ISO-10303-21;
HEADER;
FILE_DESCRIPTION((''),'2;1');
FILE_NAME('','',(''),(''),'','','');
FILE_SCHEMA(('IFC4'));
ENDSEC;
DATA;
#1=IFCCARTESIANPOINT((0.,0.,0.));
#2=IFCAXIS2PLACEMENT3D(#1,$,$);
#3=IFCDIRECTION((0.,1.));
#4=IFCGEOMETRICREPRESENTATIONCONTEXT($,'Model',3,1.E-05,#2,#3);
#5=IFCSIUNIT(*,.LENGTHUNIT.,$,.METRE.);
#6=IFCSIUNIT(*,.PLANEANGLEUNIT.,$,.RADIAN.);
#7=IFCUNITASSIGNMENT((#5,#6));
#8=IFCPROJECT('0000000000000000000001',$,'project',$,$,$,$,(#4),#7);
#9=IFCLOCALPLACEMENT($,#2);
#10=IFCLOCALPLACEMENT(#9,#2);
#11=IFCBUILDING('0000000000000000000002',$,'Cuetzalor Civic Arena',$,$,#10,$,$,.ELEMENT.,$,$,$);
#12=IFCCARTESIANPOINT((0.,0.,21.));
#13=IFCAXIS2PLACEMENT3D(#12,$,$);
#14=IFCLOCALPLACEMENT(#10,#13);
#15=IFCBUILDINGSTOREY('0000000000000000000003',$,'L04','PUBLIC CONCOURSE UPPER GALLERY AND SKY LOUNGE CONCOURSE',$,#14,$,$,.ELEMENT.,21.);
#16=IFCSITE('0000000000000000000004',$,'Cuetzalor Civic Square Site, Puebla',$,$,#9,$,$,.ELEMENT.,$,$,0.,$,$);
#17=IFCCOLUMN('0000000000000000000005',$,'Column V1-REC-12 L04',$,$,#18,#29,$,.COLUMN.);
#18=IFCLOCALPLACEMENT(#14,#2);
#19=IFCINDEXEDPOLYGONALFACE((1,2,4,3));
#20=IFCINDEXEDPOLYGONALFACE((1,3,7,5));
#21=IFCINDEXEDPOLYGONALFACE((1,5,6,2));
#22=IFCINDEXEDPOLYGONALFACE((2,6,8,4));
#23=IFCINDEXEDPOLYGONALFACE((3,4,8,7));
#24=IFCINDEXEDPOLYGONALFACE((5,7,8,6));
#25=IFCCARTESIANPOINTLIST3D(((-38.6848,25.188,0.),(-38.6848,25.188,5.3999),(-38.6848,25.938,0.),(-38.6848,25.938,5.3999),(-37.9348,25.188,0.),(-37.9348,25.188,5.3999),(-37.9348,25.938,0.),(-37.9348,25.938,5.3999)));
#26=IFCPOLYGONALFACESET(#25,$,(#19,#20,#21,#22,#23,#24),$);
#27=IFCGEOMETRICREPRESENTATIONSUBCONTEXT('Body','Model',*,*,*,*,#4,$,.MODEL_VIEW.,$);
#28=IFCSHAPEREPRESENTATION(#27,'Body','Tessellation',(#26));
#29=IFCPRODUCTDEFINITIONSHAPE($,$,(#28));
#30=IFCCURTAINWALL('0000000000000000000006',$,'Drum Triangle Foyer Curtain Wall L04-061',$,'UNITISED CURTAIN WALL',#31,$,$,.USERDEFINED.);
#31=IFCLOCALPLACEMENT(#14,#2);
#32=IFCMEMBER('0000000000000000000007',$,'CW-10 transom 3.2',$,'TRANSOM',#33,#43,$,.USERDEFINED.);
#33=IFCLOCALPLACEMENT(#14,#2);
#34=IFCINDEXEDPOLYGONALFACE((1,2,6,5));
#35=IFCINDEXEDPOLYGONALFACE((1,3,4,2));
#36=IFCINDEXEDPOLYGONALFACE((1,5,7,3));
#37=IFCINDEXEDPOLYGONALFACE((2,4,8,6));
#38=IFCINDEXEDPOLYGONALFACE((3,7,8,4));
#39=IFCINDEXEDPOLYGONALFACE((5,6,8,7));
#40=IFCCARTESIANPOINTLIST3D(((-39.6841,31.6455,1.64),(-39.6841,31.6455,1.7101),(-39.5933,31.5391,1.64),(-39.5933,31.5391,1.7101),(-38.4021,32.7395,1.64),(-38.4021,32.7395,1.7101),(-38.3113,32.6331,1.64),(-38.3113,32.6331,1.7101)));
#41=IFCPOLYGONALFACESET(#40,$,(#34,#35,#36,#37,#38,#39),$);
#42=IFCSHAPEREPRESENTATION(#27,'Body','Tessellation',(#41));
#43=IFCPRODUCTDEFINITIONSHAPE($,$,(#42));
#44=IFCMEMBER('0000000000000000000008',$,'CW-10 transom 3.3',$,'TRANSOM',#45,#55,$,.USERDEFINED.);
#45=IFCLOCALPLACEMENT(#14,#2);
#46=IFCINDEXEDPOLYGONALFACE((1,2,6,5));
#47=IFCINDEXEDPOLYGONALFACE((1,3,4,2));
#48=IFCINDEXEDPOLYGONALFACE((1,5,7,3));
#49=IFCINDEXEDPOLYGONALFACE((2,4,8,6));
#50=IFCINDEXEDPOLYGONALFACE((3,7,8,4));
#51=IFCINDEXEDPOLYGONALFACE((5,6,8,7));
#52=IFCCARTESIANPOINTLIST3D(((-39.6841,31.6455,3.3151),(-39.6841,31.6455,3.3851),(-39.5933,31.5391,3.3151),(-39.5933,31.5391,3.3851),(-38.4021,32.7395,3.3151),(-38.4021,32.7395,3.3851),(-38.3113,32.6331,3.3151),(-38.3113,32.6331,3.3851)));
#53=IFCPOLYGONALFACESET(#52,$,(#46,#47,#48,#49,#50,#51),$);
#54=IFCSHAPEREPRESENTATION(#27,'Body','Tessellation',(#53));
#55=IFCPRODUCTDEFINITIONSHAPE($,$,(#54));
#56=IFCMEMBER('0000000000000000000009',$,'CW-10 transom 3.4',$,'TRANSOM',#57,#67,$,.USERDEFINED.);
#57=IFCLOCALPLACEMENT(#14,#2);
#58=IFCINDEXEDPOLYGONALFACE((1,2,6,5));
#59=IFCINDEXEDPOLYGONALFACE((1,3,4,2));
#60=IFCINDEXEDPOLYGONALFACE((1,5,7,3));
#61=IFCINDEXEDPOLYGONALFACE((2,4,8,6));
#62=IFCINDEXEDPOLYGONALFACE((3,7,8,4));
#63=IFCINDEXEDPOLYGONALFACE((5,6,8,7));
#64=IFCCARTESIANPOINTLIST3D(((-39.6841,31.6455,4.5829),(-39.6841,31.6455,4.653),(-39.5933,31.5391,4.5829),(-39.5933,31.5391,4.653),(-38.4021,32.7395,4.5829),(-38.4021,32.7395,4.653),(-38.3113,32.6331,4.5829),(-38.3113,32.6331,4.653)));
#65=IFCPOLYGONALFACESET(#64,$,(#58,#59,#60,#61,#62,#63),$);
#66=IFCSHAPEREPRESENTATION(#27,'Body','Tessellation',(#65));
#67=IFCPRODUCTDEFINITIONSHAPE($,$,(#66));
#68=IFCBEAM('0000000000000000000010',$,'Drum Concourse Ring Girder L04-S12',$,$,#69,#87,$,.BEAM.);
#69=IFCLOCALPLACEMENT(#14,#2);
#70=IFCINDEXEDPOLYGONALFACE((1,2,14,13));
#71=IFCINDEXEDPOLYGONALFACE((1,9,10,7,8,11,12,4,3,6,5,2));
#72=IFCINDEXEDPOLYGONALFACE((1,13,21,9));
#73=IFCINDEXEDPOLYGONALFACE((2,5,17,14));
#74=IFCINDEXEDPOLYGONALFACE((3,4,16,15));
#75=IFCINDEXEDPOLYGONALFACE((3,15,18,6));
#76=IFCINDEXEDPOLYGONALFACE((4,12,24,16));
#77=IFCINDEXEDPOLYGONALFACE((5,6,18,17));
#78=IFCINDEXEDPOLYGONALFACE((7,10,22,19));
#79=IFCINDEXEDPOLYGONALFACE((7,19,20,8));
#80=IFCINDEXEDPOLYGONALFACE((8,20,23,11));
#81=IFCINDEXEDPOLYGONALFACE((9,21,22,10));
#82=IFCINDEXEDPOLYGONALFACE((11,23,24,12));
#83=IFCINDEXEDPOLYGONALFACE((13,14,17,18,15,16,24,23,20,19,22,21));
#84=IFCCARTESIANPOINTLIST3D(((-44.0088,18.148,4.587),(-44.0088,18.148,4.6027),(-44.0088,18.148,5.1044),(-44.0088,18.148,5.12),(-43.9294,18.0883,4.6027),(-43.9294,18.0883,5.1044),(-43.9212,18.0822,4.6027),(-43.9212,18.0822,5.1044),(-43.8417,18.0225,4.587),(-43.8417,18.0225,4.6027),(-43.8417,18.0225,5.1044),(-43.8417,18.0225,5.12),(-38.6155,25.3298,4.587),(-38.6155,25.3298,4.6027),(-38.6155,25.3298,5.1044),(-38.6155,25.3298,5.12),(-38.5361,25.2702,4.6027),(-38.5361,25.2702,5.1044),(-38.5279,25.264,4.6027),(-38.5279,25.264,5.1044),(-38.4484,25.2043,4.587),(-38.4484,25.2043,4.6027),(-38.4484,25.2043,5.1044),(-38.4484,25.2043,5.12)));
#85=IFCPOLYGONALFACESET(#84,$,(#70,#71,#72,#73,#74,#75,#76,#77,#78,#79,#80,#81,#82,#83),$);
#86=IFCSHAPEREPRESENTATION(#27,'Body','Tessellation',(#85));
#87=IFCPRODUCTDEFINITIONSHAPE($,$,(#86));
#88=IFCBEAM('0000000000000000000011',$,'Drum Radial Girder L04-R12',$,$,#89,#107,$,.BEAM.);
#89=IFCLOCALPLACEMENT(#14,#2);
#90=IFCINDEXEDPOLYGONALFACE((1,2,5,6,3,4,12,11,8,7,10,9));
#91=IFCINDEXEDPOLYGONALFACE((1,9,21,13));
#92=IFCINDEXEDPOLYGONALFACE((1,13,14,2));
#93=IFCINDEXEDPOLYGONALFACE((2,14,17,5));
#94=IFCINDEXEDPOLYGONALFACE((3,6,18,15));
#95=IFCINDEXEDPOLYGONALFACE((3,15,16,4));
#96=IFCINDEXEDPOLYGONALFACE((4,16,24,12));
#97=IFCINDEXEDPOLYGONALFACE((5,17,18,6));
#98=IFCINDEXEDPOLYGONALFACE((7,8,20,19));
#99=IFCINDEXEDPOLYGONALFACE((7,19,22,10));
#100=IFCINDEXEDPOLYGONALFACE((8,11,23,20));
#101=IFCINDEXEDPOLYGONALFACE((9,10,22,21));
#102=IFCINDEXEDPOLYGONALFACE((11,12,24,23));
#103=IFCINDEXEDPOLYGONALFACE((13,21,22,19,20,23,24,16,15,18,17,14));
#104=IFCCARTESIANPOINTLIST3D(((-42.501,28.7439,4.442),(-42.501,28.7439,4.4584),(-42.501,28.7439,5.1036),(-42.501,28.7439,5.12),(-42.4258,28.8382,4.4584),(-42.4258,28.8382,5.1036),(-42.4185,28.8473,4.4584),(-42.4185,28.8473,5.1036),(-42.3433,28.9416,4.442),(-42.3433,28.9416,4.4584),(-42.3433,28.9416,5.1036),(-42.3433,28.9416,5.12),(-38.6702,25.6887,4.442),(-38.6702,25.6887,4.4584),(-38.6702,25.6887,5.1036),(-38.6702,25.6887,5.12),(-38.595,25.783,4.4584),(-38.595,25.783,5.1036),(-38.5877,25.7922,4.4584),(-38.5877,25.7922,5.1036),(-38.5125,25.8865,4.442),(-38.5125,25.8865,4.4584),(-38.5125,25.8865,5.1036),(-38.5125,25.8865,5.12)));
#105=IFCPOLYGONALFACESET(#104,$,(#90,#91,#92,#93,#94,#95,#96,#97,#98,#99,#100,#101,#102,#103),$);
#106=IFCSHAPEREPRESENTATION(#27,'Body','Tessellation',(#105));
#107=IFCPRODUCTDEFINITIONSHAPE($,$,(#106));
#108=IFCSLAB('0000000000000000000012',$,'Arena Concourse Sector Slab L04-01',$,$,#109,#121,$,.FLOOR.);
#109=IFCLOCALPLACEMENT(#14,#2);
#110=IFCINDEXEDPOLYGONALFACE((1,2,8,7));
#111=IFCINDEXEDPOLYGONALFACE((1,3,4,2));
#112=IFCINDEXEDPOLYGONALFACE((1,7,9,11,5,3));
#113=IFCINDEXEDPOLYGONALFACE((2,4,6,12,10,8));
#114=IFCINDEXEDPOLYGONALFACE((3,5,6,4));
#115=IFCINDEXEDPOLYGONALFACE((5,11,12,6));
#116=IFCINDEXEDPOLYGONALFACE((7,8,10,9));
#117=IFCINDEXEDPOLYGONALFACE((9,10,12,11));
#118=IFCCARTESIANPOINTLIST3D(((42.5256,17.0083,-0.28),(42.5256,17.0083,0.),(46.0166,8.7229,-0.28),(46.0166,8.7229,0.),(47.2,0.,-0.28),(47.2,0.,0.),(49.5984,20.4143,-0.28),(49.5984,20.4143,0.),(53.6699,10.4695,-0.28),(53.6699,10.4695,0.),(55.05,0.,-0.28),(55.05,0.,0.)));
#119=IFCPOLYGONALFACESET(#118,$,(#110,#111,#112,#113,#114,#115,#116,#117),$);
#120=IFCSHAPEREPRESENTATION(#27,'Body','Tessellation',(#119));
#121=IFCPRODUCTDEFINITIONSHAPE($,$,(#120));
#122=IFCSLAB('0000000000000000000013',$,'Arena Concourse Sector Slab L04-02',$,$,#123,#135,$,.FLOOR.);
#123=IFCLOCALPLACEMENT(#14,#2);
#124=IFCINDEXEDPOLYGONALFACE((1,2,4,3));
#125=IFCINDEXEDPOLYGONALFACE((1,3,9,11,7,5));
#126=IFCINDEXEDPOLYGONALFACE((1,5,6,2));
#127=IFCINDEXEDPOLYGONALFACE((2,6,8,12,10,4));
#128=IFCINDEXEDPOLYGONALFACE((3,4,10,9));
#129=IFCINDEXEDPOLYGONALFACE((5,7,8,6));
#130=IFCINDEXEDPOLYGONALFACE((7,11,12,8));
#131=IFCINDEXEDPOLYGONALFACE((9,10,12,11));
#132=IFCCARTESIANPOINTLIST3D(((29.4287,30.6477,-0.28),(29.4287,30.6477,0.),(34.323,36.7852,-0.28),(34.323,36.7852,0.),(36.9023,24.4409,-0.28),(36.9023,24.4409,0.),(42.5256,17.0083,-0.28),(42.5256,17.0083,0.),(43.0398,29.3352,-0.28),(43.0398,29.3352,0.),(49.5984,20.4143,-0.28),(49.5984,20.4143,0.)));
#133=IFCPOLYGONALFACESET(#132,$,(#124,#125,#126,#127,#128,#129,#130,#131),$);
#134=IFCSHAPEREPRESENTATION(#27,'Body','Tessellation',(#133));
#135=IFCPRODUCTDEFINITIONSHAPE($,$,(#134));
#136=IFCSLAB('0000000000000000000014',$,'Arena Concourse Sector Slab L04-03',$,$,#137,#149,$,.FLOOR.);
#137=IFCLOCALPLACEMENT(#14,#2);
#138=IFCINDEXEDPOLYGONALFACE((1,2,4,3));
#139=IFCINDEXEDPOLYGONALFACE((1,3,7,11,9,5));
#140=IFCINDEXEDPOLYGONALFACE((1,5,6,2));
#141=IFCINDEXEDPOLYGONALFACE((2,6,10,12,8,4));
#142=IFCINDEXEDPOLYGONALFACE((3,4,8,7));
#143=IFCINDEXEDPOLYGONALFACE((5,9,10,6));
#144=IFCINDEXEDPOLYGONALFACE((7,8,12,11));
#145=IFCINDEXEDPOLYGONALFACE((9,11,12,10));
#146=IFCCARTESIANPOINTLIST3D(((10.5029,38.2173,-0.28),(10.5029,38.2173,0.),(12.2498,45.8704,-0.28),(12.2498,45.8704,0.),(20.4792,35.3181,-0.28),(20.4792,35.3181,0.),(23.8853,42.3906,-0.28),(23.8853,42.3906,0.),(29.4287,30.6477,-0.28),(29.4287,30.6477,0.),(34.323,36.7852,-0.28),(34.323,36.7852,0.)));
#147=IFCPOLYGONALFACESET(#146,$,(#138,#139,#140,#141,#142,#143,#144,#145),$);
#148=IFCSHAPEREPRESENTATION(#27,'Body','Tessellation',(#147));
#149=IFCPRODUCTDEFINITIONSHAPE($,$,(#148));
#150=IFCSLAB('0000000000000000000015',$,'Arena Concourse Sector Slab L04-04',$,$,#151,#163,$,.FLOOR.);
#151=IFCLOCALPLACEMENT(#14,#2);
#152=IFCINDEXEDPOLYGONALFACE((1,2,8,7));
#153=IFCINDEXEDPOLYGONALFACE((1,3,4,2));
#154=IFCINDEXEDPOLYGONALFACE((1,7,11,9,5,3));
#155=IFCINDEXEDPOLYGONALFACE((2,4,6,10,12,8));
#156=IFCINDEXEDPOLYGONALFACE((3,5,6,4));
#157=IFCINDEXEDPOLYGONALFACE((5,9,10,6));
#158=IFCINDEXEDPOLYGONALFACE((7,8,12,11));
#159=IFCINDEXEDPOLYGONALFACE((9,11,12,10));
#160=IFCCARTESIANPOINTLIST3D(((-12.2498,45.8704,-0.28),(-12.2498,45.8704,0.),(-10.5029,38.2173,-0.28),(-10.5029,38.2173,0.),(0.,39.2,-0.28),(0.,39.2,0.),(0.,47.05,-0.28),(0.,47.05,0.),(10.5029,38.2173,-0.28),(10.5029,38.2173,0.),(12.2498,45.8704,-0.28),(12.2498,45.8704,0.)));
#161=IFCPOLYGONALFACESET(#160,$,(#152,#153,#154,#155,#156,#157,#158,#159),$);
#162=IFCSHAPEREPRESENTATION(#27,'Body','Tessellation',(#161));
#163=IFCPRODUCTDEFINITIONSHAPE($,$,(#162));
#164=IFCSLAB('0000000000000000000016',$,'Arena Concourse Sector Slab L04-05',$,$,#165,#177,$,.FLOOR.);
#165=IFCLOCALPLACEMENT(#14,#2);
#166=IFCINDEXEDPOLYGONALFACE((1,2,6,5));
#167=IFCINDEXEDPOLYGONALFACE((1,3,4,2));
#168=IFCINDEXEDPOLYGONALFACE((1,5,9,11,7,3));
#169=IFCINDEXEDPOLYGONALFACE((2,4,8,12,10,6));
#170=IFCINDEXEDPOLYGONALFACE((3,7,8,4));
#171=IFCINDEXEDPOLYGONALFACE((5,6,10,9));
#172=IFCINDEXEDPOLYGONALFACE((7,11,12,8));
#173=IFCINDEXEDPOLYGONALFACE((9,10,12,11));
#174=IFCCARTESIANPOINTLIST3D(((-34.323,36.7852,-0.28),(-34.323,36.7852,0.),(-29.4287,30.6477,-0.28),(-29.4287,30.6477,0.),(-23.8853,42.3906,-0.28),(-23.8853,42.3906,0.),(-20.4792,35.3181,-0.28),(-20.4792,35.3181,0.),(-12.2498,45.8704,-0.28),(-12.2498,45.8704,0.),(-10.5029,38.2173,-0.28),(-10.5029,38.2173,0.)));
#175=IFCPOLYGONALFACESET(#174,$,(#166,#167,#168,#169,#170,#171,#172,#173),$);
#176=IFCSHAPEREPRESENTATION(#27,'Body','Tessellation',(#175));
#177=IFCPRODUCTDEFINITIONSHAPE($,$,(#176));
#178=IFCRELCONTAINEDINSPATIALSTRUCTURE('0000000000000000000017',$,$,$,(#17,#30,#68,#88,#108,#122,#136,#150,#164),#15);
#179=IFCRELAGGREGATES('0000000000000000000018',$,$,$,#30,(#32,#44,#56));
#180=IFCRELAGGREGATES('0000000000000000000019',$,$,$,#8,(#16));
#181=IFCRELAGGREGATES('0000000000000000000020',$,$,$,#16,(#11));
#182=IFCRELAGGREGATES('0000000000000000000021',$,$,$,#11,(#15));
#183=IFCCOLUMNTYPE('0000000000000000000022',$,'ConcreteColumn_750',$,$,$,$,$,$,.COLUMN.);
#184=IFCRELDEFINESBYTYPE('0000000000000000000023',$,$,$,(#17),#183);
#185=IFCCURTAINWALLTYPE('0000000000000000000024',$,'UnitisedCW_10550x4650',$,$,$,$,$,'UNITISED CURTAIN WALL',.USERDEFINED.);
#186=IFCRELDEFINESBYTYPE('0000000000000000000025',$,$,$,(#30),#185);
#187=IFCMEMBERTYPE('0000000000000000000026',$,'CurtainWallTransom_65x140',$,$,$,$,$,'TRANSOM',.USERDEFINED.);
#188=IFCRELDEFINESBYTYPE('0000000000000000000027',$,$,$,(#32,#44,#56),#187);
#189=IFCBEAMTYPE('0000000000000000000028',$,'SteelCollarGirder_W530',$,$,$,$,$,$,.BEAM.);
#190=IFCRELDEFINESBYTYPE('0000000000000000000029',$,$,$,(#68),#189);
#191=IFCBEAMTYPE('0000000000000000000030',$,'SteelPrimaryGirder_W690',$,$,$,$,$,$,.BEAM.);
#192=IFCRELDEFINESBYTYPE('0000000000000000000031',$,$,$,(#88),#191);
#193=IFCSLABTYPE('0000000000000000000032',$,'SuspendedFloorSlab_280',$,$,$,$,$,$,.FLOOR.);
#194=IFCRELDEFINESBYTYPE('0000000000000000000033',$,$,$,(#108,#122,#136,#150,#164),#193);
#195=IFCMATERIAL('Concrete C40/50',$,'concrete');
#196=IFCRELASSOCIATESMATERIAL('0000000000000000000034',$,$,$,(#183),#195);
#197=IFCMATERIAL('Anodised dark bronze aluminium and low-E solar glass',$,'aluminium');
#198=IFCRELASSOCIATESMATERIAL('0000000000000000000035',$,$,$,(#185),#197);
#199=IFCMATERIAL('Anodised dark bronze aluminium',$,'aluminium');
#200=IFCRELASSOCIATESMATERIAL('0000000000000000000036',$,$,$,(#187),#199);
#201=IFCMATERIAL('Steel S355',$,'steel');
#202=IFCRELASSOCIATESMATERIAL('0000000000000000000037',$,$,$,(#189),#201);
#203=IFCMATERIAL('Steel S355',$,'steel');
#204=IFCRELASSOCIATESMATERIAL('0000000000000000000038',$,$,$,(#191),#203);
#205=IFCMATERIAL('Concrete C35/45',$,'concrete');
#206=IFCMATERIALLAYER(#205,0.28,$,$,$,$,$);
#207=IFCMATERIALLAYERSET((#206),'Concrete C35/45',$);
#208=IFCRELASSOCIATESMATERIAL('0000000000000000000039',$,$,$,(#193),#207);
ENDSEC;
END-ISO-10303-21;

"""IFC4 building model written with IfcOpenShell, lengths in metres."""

from ifc_helpers import new_model, si_unit, direction, frame, origin, origin_2d, place, context, subcontext, project, spatial, polyline, rectangle, i_section, outline, extrude, material, layer, layer_set, material_profile, profile_set, type_object, element, aggregate, save


model = new_model("IFC4")

# Units and contexts
model_context = context("Model", 3, precision=1e-05, world=origin(), true_north=direction((0.0, 1.0)))
body_context = subcontext(model_context, "Body", "Model", "MODEL_VIEW")
ifc_project = project(units=[si_unit("LENGTHUNIT", "METRE"), si_unit("PLANEANGLEUNIT", "RADIAN")], contexts=[model_context])

# Site, building, storey
site_placement = place(None, origin())
site = spatial("IfcSite", under=ifc_project, at=site_placement, Name="Cuetzalor Civic Square Site, Puebla", CompositionType="ELEMENT", RefElevation=0.0)
building_placement = place(site_placement, origin())
building = spatial("IfcBuilding", under=site, at=building_placement, Name="Cuetzalor Civic Arena", CompositionType="ELEMENT")
storey_placement = place(building_placement, frame((0.0, 0.0, 21.0)))
storey = spatial("IfcBuildingStorey", under=building, at=storey_placement, Name="L04", Description="PUBLIC CONCOURSE UPPER GALLERY AND SKY LOUNGE CONCOURSE", CompositionType="ELEMENT", Elevation=21.0)

# Column
ifc_material_1 = material(Name="Concrete C40/50", Category="concrete")
ifc_material_profile_1 = material_profile(ifc_material_1, rectangle(XDim=0.75, YDim=0.75, at=origin_2d()), Name="RC 750x750")
ifc_profile_set_1 = profile_set([ifc_material_profile_1], Name="Concrete C40/50")
column_type = type_object("IfcColumnType", Name="ConcreteColumn_750", PredefinedType="COLUMN", material=ifc_profile_set_1)
column_placement = place(storey_placement, frame((-38.3098, 25.563, 0.0), z_axis=(0.0, 0.0, 1.0), x_axis=(1.0, 0.0, 0.0)))
element("IfcColumn", 1, at=column_placement, inside=storey, type_object=column_type, Name="Column V1-REC-12 L04", PredefinedType="COLUMN", context=body_context, shape_type="SweptSolid", body=[
    extrude(rectangle(XDim=0.75, YDim=0.75, at=origin_2d()), origin(), (0.0, 0.0, 1.0), 5.3999),
])

# Curtain wall, members
ifc_material_2 = material(Name="Anodised dark bronze aluminium and low-E solar glass", Category="aluminium")
curtain_wall_type = type_object("IfcCurtainWallType", Name="UnitisedCW_10550x4650", ElementType="UNITISED CURTAIN WALL", PredefinedType="USERDEFINED", material=ifc_material_2)
curtain_wall_placement = place(storey_placement, origin())
curtain_wall = element("IfcCurtainWall", 2, at=curtain_wall_placement, inside=storey, type_object=curtain_wall_type, Name="Drum Triangle Foyer Curtain Wall L04-061", ObjectType="UNITISED CURTAIN WALL", PredefinedType="USERDEFINED")
ifc_material_3 = material(Name="Anodised dark bronze aluminium", Category="aluminium")
ifc_material_profile_2 = material_profile(ifc_material_3, rectangle(XDim=0.1399, YDim=0.0701, at=origin_2d()), Name="ALU TRANSOM 70x140")
ifc_profile_set_2 = profile_set([ifc_material_profile_2], Name="Anodised dark bronze aluminium")
member_type = type_object("IfcMemberType", Name="CurtainWallTransom_65x140", ElementType="TRANSOM", PredefinedType="USERDEFINED", material=ifc_profile_set_2)
member_1_placement = place(storey_placement, frame((-39.6387, 31.5923, 1.675), z_axis=(0.760676, 0.649132, 0.0), x_axis=(-0.649132, 0.760676, 0.0)))
member_1 = element("IfcMember", 3, at=member_1_placement, type_object=member_type, Name="CW-10 transom 3.2", ObjectType="TRANSOM", PredefinedType="USERDEFINED", context=body_context, shape_type="SweptSolid", body=[
    extrude(rectangle(XDim=0.1399, YDim=0.0701, at=origin_2d()), origin(), (0.0, 0.0, 1.0), 1.6853),
])
member_2_placement = place(storey_placement, frame((-39.6387, 31.5923, 3.3501), z_axis=(0.760676, 0.649132, 0.0), x_axis=(-0.649132, 0.760676, 0.0)))
member_2 = element("IfcMember", 4, at=member_2_placement, type_object=member_type, Name="CW-10 transom 3.3", ObjectType="TRANSOM", PredefinedType="USERDEFINED", context=body_context, shape_type="SweptSolid", body=[
    extrude(rectangle(XDim=0.1399, YDim=0.0701, at=origin_2d()), origin(), (0.0, 0.0, 1.0), 1.6853),
])
member_3_placement = place(storey_placement, frame((-39.6387, 31.5923, 4.6179), z_axis=(0.760676, 0.649132, 0.0), x_axis=(-0.649132, 0.760676, 0.0)))
member_3 = element("IfcMember", 5, at=member_3_placement, type_object=member_type, Name="CW-10 transom 3.4", ObjectType="TRANSOM", PredefinedType="USERDEFINED", context=body_context, shape_type="SweptSolid", body=[
    extrude(rectangle(XDim=0.1399, YDim=0.0701, at=origin_2d()), origin(), (0.0, 0.0, 1.0), 1.6853),
])
aggregate(curtain_wall, [member_1, member_2, member_3])

# Beams
ifc_material_4 = material(Name="Steel S355", Category="steel")
ifc_material_profile_3 = material_profile(ifc_material_4, i_section(OverallWidth=0.209, OverallDepth=0.533, WebThickness=0.0103, FlangeThickness=0.0156, at=origin_2d()), Name="W530x92")
ifc_profile_set_3 = profile_set([ifc_material_profile_3], Name="Steel S355")
beam_type_1 = type_object("IfcBeamType", Name="SteelCollarGirder_W530", PredefinedType="BEAM", material=ifc_profile_set_3)
beam_1_placement = place(storey_placement, frame((-38.532, 25.2671, 4.8535), z_axis=(-0.600491, -0.799631, 0.0), x_axis=(0.799631, -0.600491, 0.0)))
element("IfcBeam", 6, at=beam_1_placement, inside=storey, type_object=beam_type_1, Name="Drum Concourse Ring Girder L04-S12", PredefinedType="BEAM", context=body_context, shape_type="SweptSolid", body=[
    extrude(i_section(OverallWidth=0.209, OverallDepth=0.533, WebThickness=0.0103, FlangeThickness=0.0156, at=origin_2d()), origin(), (0.0, 0.0, 1.0), 8.9814),
])
ifc_material_5 = material(Name="Steel S355", Category="steel")
ifc_material_profile_4 = material_profile(ifc_material_5, i_section(OverallWidth=0.2529, OverallDepth=0.678, WebThickness=0.0117, FlangeThickness=0.0164, at=origin_2d()), Name="W690x125")
ifc_profile_set_4 = profile_set([ifc_material_profile_4], Name="Steel S355")
beam_type_2 = type_object("IfcBeamType", Name="SteelPrimaryGirder_W690", PredefinedType="BEAM", material=ifc_profile_set_4)
beam_2_placement = place(storey_placement, frame((-38.5913, 25.7876, 4.781), z_axis=(-0.781811, 0.623516, 0.0), x_axis=(-0.623516, -0.781811, 0.0)))
element("IfcBeam", 7, at=beam_2_placement, inside=storey, type_object=beam_type_2, Name="Drum Radial Girder L04-R12", PredefinedType="BEAM", context=body_context, shape_type="SweptSolid", body=[
    extrude(i_section(OverallWidth=0.2529, OverallDepth=0.678, WebThickness=0.0117, FlangeThickness=0.0164, at=origin_2d()), origin(), (0.0, 0.0, 1.0), 4.8999),
])

# Slabs
ifc_material_6 = material(Name="Concrete C35/45", Category="concrete")
ifc_layer = layer(ifc_material_6, 0.28)
ifc_layer_set = layer_set([ifc_layer], Name="Concrete C35/45")
slab_type = type_object("IfcSlabType", Name="SuspendedFloorSlab_280", PredefinedType="FLOOR", material=ifc_layer_set)
slab_1_placement = place(storey_placement, frame((0.0, 0.0, -0.28)))
element("IfcSlab", 8, at=slab_1_placement, inside=storey, type_object=slab_type, Name="Arena Concourse Sector Slab L04-01", PredefinedType="FLOOR", context=body_context, shape_type="SweptSolid", body=[
    extrude(outline(polyline([(47.2, 0.0), (46.0166, 8.7229), (42.5256, 17.0083), (49.5984, 20.4143), (53.6699, 10.4695), (55.05, 0.0), (47.2, 0.0)])), origin(), (0.0, 0.0, 1.0), 0.28),
])
slab_2_placement = place(storey_placement, frame((0.0, 0.0, -0.28)))
element("IfcSlab", 9, at=slab_2_placement, inside=storey, type_object=slab_type, Name="Arena Concourse Sector Slab L04-02", PredefinedType="FLOOR", context=body_context, shape_type="SweptSolid", body=[
    extrude(outline(polyline([(42.5256, 17.0083), (36.9023, 24.4409), (29.4287, 30.6477), (34.323, 36.7852), (43.0398, 29.3352), (49.5984, 20.4143), (42.5256, 17.0083)])), origin(), (0.0, 0.0, 1.0), 0.28),
])
slab_3_placement = place(storey_placement, frame((0.0, 0.0, -0.28)))
element("IfcSlab", 10, at=slab_3_placement, inside=storey, type_object=slab_type, Name="Arena Concourse Sector Slab L04-03", PredefinedType="FLOOR", context=body_context, shape_type="SweptSolid", body=[
    extrude(outline(polyline([(29.4287, 30.6477), (20.4792, 35.3181), (10.5029, 38.2173), (12.2498, 45.8704), (23.8853, 42.3906), (34.323, 36.7852), (29.4287, 30.6477)])), origin(), (0.0, 0.0, 1.0), 0.28),
])
slab_4_placement = place(storey_placement, frame((0.0, 0.0, -0.28)))
element("IfcSlab", 11, at=slab_4_placement, inside=storey, type_object=slab_type, Name="Arena Concourse Sector Slab L04-04", PredefinedType="FLOOR", context=body_context, shape_type="SweptSolid", body=[
    extrude(outline(polyline([(10.5029, 38.2173), (0.0, 39.2), (-10.5029, 38.2173), (-12.2498, 45.8704), (0.0, 47.05), (12.2498, 45.8704), (10.5029, 38.2173)])), origin(), (0.0, 0.0, 1.0), 0.28),
])
slab_5_placement = place(storey_placement, frame((0.0, 0.0, -0.28)))
element("IfcSlab", 12, at=slab_5_placement, inside=storey, type_object=slab_type, Name="Arena Concourse Sector Slab L04-05", PredefinedType="FLOOR", context=body_context, shape_type="SweptSolid", body=[
    extrude(outline(polyline([(-10.5029, 38.2173), (-20.4792, 35.3181), (-29.4287, 30.6477), (-34.323, 36.7852), (-23.8853, 42.3906), (-12.2498, 45.8704), (-10.5029, 38.2173)])), origin(), (0.0, 0.0, 1.0), 0.28),
])

save(model, "model.ifc")
